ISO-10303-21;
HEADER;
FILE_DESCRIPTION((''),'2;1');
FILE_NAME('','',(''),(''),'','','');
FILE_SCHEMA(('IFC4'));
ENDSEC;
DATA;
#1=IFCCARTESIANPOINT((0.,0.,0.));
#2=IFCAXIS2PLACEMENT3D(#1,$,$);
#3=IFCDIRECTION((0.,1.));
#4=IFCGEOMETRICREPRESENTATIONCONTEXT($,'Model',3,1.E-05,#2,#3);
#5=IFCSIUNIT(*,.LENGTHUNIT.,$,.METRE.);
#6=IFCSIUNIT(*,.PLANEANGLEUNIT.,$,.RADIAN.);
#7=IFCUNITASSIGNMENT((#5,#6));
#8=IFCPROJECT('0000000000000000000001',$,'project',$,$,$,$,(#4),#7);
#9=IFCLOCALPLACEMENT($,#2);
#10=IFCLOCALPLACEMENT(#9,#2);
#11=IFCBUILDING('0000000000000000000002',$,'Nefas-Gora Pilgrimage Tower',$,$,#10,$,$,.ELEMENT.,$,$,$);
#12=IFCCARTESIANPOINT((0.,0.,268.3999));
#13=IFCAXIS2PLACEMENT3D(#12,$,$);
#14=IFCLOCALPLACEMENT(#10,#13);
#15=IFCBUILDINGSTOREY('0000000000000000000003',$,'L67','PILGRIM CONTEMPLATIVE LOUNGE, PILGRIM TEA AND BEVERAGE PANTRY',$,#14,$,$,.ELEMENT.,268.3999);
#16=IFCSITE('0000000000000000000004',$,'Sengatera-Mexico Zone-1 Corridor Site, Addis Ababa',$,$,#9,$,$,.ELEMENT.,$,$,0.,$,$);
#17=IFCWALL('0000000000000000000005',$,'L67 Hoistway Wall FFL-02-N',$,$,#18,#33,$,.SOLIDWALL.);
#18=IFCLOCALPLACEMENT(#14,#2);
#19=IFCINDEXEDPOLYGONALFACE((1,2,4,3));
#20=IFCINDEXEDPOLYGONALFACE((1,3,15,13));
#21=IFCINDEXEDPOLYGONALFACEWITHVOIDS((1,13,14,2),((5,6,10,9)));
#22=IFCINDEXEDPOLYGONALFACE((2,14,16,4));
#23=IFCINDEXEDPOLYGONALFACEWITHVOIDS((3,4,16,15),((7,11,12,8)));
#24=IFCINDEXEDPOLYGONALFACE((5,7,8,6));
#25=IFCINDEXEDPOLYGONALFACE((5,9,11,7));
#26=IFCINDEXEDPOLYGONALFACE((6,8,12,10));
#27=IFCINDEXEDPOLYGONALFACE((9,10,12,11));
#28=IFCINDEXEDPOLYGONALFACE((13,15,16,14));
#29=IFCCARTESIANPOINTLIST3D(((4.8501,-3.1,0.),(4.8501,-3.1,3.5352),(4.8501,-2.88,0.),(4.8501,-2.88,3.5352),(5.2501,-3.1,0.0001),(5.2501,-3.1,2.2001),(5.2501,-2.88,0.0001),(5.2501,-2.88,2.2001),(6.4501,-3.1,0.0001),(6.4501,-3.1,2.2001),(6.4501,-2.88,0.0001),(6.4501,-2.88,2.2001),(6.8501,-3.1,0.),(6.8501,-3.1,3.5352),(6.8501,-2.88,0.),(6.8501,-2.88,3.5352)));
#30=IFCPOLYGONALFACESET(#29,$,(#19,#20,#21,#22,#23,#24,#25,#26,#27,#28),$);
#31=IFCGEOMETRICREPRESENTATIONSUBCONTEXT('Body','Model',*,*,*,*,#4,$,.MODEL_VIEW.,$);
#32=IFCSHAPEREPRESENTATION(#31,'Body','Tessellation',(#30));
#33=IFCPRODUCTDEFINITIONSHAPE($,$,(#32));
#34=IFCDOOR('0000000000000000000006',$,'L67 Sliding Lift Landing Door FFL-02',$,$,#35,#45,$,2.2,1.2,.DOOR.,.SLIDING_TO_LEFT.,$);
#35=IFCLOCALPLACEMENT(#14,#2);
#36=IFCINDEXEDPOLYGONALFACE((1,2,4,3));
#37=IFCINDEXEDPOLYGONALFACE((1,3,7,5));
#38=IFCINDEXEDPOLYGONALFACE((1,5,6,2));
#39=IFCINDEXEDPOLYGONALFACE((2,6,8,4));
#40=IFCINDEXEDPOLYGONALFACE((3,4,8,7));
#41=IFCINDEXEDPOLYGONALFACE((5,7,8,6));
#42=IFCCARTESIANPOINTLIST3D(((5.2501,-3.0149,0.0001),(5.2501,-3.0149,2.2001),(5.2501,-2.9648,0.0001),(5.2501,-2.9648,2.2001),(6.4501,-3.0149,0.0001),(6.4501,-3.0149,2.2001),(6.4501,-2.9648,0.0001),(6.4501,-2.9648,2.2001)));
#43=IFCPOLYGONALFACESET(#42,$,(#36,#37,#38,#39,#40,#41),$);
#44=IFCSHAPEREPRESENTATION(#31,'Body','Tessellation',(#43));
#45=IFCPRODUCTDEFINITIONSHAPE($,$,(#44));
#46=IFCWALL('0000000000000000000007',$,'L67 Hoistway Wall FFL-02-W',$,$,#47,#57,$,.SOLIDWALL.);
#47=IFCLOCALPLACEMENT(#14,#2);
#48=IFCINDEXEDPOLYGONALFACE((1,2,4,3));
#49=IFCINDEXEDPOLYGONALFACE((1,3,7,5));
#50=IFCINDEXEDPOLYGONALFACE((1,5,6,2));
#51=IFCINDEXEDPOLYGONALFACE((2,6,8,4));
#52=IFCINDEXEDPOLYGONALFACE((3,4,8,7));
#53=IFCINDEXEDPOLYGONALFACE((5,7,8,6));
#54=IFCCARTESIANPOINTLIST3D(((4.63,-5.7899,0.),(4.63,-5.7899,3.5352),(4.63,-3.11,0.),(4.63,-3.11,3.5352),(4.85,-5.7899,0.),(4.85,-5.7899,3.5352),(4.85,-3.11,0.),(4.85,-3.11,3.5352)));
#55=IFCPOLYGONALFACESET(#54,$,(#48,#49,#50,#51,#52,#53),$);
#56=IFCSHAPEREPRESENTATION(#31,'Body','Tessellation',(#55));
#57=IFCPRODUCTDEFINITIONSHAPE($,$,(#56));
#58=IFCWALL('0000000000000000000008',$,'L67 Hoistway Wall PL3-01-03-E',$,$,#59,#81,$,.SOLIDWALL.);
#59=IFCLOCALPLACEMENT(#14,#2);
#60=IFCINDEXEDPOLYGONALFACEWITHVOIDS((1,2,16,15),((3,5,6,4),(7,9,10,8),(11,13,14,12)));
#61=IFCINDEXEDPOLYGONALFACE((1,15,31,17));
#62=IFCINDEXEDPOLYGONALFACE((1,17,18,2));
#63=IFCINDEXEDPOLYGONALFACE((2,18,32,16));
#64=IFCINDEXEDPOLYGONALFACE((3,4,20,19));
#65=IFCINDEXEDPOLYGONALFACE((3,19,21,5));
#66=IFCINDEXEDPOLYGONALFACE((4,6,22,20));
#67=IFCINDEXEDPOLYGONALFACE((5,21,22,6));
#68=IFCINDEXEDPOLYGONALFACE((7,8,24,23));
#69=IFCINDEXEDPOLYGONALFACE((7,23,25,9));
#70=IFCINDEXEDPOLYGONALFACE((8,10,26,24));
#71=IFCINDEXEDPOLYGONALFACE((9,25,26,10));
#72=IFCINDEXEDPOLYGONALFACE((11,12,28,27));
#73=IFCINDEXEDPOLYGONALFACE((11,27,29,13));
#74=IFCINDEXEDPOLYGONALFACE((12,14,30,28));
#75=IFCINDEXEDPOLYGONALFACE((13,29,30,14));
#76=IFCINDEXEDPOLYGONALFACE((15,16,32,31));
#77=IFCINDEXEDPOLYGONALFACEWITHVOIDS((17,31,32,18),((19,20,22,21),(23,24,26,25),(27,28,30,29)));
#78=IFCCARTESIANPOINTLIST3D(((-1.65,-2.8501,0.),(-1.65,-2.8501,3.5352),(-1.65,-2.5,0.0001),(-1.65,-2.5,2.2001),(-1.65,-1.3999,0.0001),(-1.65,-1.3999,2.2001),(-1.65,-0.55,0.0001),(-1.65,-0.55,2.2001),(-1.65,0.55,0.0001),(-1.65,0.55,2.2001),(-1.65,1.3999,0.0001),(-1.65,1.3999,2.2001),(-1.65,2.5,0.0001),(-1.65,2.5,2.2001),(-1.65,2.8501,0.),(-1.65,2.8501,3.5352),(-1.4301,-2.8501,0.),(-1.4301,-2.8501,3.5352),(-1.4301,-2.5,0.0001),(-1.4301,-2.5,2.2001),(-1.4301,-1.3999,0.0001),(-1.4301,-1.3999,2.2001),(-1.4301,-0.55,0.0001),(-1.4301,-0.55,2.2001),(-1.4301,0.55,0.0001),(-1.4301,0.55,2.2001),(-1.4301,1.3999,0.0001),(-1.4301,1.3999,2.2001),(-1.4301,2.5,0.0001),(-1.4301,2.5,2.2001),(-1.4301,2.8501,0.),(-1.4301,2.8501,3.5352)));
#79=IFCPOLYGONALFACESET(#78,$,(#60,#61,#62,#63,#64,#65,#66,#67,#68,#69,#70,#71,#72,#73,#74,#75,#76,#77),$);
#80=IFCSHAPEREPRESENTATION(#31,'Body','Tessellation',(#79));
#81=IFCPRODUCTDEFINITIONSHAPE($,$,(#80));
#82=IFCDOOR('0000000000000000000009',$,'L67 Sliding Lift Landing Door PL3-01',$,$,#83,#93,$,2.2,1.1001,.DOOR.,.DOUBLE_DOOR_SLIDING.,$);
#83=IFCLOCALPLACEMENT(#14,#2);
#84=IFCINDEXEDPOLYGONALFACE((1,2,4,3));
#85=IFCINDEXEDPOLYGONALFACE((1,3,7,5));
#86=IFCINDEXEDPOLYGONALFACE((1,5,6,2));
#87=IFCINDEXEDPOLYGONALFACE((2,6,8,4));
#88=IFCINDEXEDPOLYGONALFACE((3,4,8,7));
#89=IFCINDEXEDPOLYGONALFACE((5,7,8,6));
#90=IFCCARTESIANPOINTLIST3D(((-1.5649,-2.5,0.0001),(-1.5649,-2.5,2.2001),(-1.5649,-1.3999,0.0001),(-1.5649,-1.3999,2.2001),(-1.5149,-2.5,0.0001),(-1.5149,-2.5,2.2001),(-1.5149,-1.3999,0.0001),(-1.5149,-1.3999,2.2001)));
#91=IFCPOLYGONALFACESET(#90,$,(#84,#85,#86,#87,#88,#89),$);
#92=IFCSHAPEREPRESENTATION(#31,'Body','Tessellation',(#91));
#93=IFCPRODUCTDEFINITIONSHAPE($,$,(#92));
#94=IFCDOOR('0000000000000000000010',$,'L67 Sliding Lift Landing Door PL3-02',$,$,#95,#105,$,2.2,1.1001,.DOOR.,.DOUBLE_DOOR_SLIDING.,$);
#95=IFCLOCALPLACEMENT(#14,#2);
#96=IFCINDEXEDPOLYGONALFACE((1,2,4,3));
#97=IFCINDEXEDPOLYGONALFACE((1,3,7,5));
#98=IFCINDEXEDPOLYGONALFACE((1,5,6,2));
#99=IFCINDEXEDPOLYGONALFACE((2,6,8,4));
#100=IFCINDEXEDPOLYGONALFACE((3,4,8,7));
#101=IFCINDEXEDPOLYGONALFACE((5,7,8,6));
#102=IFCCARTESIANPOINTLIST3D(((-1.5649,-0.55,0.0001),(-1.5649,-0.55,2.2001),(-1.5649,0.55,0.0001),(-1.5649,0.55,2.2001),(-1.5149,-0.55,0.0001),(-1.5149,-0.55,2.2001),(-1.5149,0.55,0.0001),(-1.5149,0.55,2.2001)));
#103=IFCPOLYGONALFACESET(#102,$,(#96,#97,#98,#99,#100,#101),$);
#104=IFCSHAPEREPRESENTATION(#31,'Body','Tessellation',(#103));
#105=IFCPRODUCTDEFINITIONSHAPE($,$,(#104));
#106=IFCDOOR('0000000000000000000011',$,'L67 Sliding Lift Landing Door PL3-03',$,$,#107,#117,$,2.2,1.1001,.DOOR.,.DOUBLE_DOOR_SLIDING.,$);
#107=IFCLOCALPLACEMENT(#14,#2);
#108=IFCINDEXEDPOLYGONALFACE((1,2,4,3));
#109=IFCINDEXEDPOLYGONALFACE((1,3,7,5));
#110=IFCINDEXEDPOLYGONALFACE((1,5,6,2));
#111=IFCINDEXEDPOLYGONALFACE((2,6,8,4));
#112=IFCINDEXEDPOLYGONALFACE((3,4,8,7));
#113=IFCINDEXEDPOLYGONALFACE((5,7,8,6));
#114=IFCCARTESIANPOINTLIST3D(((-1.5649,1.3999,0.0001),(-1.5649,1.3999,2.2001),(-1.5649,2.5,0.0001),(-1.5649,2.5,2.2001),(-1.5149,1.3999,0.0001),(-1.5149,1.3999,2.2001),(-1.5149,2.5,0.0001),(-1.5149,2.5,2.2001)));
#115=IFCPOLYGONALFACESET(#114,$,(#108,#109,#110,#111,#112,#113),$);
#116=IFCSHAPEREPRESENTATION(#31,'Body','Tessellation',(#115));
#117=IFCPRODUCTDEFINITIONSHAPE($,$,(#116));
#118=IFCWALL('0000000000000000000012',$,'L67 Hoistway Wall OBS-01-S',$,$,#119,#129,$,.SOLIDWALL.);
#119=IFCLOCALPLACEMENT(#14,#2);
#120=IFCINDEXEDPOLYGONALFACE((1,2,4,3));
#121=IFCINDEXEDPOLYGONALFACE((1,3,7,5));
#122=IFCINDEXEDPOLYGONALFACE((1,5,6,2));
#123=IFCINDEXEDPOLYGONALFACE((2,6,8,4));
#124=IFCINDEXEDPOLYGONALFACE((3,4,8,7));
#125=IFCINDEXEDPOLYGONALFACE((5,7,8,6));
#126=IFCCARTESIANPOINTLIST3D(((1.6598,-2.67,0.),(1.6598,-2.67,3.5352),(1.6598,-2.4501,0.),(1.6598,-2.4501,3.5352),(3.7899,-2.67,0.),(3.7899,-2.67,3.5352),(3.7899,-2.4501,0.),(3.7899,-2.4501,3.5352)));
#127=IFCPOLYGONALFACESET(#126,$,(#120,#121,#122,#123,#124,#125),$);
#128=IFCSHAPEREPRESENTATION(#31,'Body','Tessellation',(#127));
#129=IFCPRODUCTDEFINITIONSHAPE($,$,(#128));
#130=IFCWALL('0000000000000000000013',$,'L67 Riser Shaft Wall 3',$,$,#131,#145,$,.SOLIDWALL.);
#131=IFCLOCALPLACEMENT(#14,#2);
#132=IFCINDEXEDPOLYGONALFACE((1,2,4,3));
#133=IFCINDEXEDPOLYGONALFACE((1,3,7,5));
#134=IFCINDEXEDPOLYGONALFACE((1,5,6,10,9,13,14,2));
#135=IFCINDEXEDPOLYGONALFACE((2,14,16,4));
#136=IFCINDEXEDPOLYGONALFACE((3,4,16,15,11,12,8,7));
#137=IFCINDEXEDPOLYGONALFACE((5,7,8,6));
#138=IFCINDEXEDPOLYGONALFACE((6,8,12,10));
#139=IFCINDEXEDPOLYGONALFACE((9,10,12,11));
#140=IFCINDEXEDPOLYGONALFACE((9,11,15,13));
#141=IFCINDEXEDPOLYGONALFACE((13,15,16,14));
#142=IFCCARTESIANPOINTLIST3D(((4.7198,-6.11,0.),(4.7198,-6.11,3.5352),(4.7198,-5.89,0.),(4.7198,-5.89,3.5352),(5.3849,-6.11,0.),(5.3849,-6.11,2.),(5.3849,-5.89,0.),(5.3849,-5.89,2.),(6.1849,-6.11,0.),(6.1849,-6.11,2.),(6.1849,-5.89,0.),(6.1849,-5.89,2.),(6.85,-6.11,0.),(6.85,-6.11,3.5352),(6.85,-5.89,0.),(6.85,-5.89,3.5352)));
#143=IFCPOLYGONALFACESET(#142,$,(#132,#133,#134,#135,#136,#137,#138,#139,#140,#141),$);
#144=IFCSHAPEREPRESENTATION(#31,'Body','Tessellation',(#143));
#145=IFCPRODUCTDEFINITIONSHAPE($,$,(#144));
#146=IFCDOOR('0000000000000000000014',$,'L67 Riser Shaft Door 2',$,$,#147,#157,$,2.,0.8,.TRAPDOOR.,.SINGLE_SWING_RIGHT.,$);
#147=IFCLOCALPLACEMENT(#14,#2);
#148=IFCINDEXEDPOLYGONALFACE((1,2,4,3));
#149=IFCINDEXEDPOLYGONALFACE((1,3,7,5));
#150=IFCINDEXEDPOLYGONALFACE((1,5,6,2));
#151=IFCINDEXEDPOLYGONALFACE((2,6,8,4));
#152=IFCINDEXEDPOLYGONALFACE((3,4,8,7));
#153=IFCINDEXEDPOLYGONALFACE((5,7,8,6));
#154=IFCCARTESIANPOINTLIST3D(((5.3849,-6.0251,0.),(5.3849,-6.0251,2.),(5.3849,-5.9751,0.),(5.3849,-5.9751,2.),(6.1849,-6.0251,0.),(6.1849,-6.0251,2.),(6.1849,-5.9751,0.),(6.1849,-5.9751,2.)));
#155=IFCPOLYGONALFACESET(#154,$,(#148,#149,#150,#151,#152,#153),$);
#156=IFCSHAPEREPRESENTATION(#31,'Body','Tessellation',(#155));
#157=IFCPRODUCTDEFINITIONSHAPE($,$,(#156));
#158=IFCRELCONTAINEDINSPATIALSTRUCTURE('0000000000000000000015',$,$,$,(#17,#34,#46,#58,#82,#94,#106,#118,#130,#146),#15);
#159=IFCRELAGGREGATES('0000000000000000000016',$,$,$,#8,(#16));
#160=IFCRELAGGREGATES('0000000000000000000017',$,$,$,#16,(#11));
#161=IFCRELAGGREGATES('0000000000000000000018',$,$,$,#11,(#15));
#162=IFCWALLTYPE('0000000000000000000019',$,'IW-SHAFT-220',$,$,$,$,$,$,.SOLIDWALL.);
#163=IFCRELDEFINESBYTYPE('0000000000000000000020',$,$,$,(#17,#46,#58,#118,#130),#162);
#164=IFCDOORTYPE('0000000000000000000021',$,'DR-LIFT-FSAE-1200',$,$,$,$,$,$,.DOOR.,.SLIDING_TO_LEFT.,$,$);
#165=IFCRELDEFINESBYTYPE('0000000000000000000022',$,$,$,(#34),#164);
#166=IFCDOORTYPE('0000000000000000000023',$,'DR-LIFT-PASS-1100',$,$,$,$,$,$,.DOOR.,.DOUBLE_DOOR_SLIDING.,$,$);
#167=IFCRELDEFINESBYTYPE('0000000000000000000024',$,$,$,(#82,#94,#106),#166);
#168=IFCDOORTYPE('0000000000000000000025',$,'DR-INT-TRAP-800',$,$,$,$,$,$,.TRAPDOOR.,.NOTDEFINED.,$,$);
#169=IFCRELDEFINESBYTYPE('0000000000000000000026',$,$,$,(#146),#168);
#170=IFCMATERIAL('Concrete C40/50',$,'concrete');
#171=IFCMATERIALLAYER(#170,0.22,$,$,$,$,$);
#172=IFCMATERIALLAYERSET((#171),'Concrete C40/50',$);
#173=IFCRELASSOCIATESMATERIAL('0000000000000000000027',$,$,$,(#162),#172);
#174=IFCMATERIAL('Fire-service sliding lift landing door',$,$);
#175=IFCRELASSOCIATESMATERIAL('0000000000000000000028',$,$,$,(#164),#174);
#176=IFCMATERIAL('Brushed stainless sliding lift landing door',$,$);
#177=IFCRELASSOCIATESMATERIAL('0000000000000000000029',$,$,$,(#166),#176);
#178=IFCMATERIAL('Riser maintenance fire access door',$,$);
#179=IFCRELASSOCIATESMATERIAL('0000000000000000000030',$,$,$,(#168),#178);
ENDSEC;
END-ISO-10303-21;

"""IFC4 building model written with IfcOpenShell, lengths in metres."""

from ifc_helpers import new_model, si_unit, direction, frame, frame_2d, origin, place, context, subcontext, project, spatial, rectangle, extrude, source, transform, mapped, material, layer, layer_set, type_object, element, fill, save


model = new_model("IFC4")

# Units and contexts
model_context = context("Model", 3, precision=1e-05, world=origin(), true_north=direction((0.0, 1.0)))
body_context = subcontext(model_context, "Body", "Model", "MODEL_VIEW")
ifc_project = project(units=[si_unit("LENGTHUNIT", "METRE"), si_unit("PLANEANGLEUNIT", "RADIAN")], contexts=[model_context])

# Site, building, storey
site_placement = place(None, origin())
site = spatial("IfcSite", under=ifc_project, at=site_placement, Name="Sengatera-Mexico Zone-1 Corridor Site, Addis Ababa", CompositionType="ELEMENT", RefElevation=0.0)
building_placement = place(site_placement, origin())
building = spatial("IfcBuilding", under=site, at=building_placement, Name="Nefas-Gora Pilgrimage Tower", CompositionType="ELEMENT")
storey_placement = place(building_placement, frame((0.0, 0.0, 268.3999)))
storey = spatial("IfcBuildingStorey", under=building, at=storey_placement, Name="L67", Description="PILGRIM CONTEMPLATIVE LOUNGE, PILGRIM TEA AND BEVERAGE PANTRY", CompositionType="ELEMENT", Elevation=268.3999)

# Shared definitions
ifc_material_1 = material(Name="Concrete C40/50", Category="concrete")

# Wall, opening, door
ifc_layer_1 = layer(ifc_material_1, 0.22)
ifc_layer_set_1 = layer_set([ifc_layer_1], Name="Concrete C40/50")
wall_type_1 = type_object("IfcWallType", Name="IW-SHAFT-220", PredefinedType="SOLIDWALL", material=ifc_layer_set_1)
shared_shape_1 = source(origin(), body_context, "Body", "SweptSolid", [
    extrude(rectangle(XDim=2.0, YDim=0.22, at=frame_2d((1.0, 0.0))), origin(), (0.0, 0.0, 1.0), 3.5352),
])
wall_1_placement = place(storey_placement, frame((6.8501, -2.99, 0.0), z_axis=(0.0, 0.0, 1.0), x_axis=(-1.0, 0.0, 0.0)))
wall_1 = element("IfcWall", 1, at=wall_1_placement, inside=storey, type_object=wall_type_1, Name="L67 Hoistway Wall FFL-02-N", PredefinedType="SOLIDWALL", context=body_context, shape_type="MappedRepresentation", body=[
    mapped(shared_shape_1, transform((0.0, 0.0, 0.0), x_axis=(1.0, 0.0, 0.0), y_axis=(0.0, 1.0, 0.0), z_axis=(0.0, 0.0, 1.0), scale=1.0)),
])
opening_1_placement = place(wall_1_placement, frame((0.3999, 0.0, 0.0)))
opening_1 = element("IfcOpeningElement", 2, at=opening_1_placement, cuts=wall_1, PredefinedType="OPENING", context=body_context, shape_type="SweptSolid", body=[
    extrude(rectangle(XDim=1.2, YDim=2.2, at=frame_2d((0.6001, 1.1001))), frame((0.0, 0.1199, 0.0), z_axis=(0.0, -1.0, 0.0), x_axis=(1.0, 0.0, 0.0)), (0.0, 0.0, 1.0), 0.24),
])
ifc_material_2 = material(Name="Fire-service sliding lift landing door")
door_type_1 = type_object("IfcDoorType", Name="DR-LIFT-FSAE-1200", OperationType="SLIDING_TO_LEFT", PredefinedType="DOOR", material=ifc_material_2)
shared_shape_2 = source(origin(), body_context, "Body", "SweptSolid", [
    extrude(rectangle(XDim=1.2, YDim=2.2, at=frame_2d((0.6001, 1.1001))), frame((0.0, 0.0249, 0.0), z_axis=(0.0, -1.0, 0.0), x_axis=(1.0, 0.0, 0.0)), (0.0, 0.0, 1.0), 0.05),
])
door_1_placement = place(opening_1_placement, origin())
door_1 = element("IfcDoor", 3, at=door_1_placement, inside=storey, type_object=door_type_1, Name="L67 Sliding Lift Landing Door FFL-02", OperationType="SLIDING_TO_LEFT", OverallHeight=2.2, OverallWidth=1.2, PredefinedType="DOOR", context=body_context, shape_type="MappedRepresentation", body=[
    mapped(shared_shape_2, transform((0.0, 0.0, 0.0), x_axis=(1.0, 0.0, 0.0), y_axis=(0.0, 1.0, 0.0), z_axis=(0.0, 0.0, 1.0), scale=1.0)),
])
fill(opening_1, door_1)

# Wall
shared_shape_3 = source(origin(), body_context, "Body", "SweptSolid", [
    extrude(rectangle(XDim=2.6799, YDim=0.22, at=frame_2d((1.3398, 0.0))), origin(), (0.0, 0.0, 1.0), 3.5352),
])
wall_2_placement = place(storey_placement, frame((4.74, -3.1101, 0.0), z_axis=(0.0, 0.0, 1.0), x_axis=(0.0, -1.0, 0.0)))
element("IfcWall", 4, at=wall_2_placement, inside=storey, type_object=wall_type_1, Name="L67 Hoistway Wall FFL-02-W", PredefinedType="SOLIDWALL", context=body_context, shape_type="MappedRepresentation", body=[
    mapped(shared_shape_3, transform((0.0, 0.0, 0.0), x_axis=(1.0, 0.0, 0.0), y_axis=(0.0, 1.0, 0.0), z_axis=(0.0, 0.0, 1.0), scale=1.0)),
])

# Wall, openings, doors
shared_shape_4 = source(origin(), body_context, "Body", "SweptSolid", [
    extrude(rectangle(XDim=5.7002, YDim=0.22, at=frame_2d((2.8501, 0.0))), origin(), (0.0, 0.0, 1.0), 3.5352),
])
wall_3_placement = place(storey_placement, frame((-1.54, -2.8501, 0.0), z_axis=(0.0, 0.0, 1.0), x_axis=(0.0, 1.0, 0.0)))
wall_3 = element("IfcWall", 5, at=wall_3_placement, inside=storey, type_object=wall_type_1, Name="L67 Hoistway Wall PL3-01-03-E", PredefinedType="SOLIDWALL", context=body_context, shape_type="MappedRepresentation", body=[
    mapped(shared_shape_4, transform((0.0, 0.0, 0.0), x_axis=(1.0, 0.0, 0.0), y_axis=(0.0, 1.0, 0.0), z_axis=(0.0, 0.0, 1.0), scale=1.0)),
])
opening_2_placement = place(wall_3_placement, frame((0.3501, 0.0, 0.0)))
opening_2 = element("IfcOpeningElement", 6, at=opening_2_placement, cuts=wall_3, PredefinedType="OPENING", context=body_context, shape_type="SweptSolid", body=[
    extrude(rectangle(XDim=1.1001, YDim=2.2, at=frame_2d((0.55, 1.1001))), frame((0.0, 0.1199, 0.0), z_axis=(0.0, -1.0, 0.0), x_axis=(1.0, 0.0, 0.0)), (0.0, 0.0, 1.0), 0.24),
])
opening_3_placement = place(wall_3_placement, frame((2.3, 0.0, 0.0)))
opening_3 = element("IfcOpeningElement", 7, at=opening_3_placement, cuts=wall_3, PredefinedType="OPENING", context=body_context, shape_type="SweptSolid", body=[
    extrude(rectangle(XDim=1.1001, YDim=2.2, at=frame_2d((0.55, 1.1001))), frame((0.0, 0.1199, 0.0), z_axis=(0.0, -1.0, 0.0), x_axis=(1.0, 0.0, 0.0)), (0.0, 0.0, 1.0), 0.24),
])
opening_4_placement = place(wall_3_placement, frame((4.25, 0.0, 0.0)))
opening_4 = element("IfcOpeningElement", 8, at=opening_4_placement, cuts=wall_3, PredefinedType="OPENING", context=body_context, shape_type="SweptSolid", body=[
    extrude(rectangle(XDim=1.1001, YDim=2.2, at=frame_2d((0.55, 1.1001))), frame((0.0, 0.1199, 0.0), z_axis=(0.0, -1.0, 0.0), x_axis=(1.0, 0.0, 0.0)), (0.0, 0.0, 1.0), 0.24),
])
ifc_material_3 = material(Name="Brushed stainless sliding lift landing door")
door_type_2 = type_object("IfcDoorType", Name="DR-LIFT-PASS-1100", OperationType="DOUBLE_DOOR_SLIDING", PredefinedType="DOOR", material=ifc_material_3)
shared_shape_5 = source(origin(), body_context, "Body", "SweptSolid", [
    extrude(rectangle(XDim=1.1001, YDim=2.2, at=frame_2d((0.55, 1.1001))), frame((0.0, 0.0249, 0.0), z_axis=(0.0, -1.0, 0.0), x_axis=(1.0, 0.0, 0.0)), (0.0, 0.0, 1.0), 0.05),
])
door_2_placement = place(opening_2_placement, origin())
door_2 = element("IfcDoor", 9, at=door_2_placement, inside=storey, type_object=door_type_2, Name="L67 Sliding Lift Landing Door PL3-01", OperationType="DOUBLE_DOOR_SLIDING", OverallHeight=2.2, OverallWidth=1.1001, PredefinedType="DOOR", context=body_context, shape_type="MappedRepresentation", body=[
    mapped(shared_shape_5, transform((0.0, 0.0, 0.0), x_axis=(1.0, 0.0, 0.0), y_axis=(0.0, 1.0, 0.0), z_axis=(0.0, 0.0, 1.0), scale=1.0)),
])
fill(opening_2, door_2)
door_3_placement = place(opening_3_placement, origin())
door_3 = element("IfcDoor", 10, at=door_3_placement, inside=storey, type_object=door_type_2, Name="L67 Sliding Lift Landing Door PL3-02", OperationType="DOUBLE_DOOR_SLIDING", OverallHeight=2.2, OverallWidth=1.1001, PredefinedType="DOOR", context=body_context, shape_type="MappedRepresentation", body=[
    mapped(shared_shape_5, transform((0.0, 0.0, 0.0), x_axis=(1.0, 0.0, 0.0), y_axis=(0.0, 1.0, 0.0), z_axis=(0.0, 0.0, 1.0), scale=1.0)),
])
fill(opening_3, door_3)
door_4_placement = place(opening_4_placement, origin())
door_4 = element("IfcDoor", 11, at=door_4_placement, inside=storey, type_object=door_type_2, Name="L67 Sliding Lift Landing Door PL3-03", OperationType="DOUBLE_DOOR_SLIDING", OverallHeight=2.2, OverallWidth=1.1001, PredefinedType="DOOR", context=body_context, shape_type="MappedRepresentation", body=[
    mapped(shared_shape_5, transform((0.0, 0.0, 0.0), x_axis=(1.0, 0.0, 0.0), y_axis=(0.0, 1.0, 0.0), z_axis=(0.0, 0.0, 1.0), scale=1.0)),
])
fill(opening_4, door_4)

# Wall
shared_shape_6 = source(origin(), body_context, "Body", "SweptSolid", [
    extrude(rectangle(XDim=2.1301, YDim=0.22, at=frame_2d((1.0649, 0.0))), origin(), (0.0, 0.0, 1.0), 3.5352),
])
wall_4_placement = place(storey_placement, frame((1.6599, -2.5601, 0.0), z_axis=(0.0, 0.0, 1.0), x_axis=(1.0, 0.0, 0.0)))
element("IfcWall", 12, at=wall_4_placement, inside=storey, type_object=wall_type_1, Name="L67 Hoistway Wall OBS-01-S", PredefinedType="SOLIDWALL", context=body_context, shape_type="MappedRepresentation", body=[
    mapped(shared_shape_6, transform((0.0, 0.0, 0.0), x_axis=(1.0, 0.0, 0.0), y_axis=(0.0, 1.0, 0.0), z_axis=(0.0, 0.0, 1.0), scale=1.0)),
])

# Wall, opening, door
wall_5_placement = place(storey_placement, frame((4.72, -6.0, 0.0), z_axis=(0.0, 0.0, 1.0), x_axis=(1.0, 0.0, 0.0)))
wall_5 = element("IfcWall", 13, at=wall_5_placement, inside=storey, type_object=wall_type_1, Name="L67 Riser Shaft Wall 3", PredefinedType="SOLIDWALL", context=body_context, shape_type="MappedRepresentation", body=[
    mapped(shared_shape_6, transform((0.0, 0.0, 0.0), x_axis=(1.0, 0.0, 0.0), y_axis=(0.0, 1.0, 0.0), z_axis=(0.0, 0.0, 1.0), scale=1.0)),
])
opening_5_placement = place(wall_5_placement, frame((0.665, 0.0, 0.0)))
opening_5 = element("IfcOpeningElement", 14, at=opening_5_placement, cuts=wall_5, PredefinedType="OPENING", context=body_context, shape_type="SweptSolid", body=[
    extrude(rectangle(XDim=0.8, YDim=2.0, at=frame_2d((0.3999, 1.0))), frame((0.0, 0.1199, 0.0), z_axis=(0.0, -1.0, 0.0), x_axis=(1.0, 0.0, 0.0)), (0.0, 0.0, 1.0), 0.24),
])
ifc_material_4 = material(Name="Riser maintenance fire access door")
door_type_3 = type_object("IfcDoorType", Name="DR-INT-TRAP-800", OperationType="NOTDEFINED", PredefinedType="TRAPDOOR", material=ifc_material_4)
shared_shape_7 = source(origin(), body_context, "Body", "SweptSolid", [
    extrude(rectangle(XDim=0.8, YDim=2.0, at=frame_2d((0.3999, 1.0))), frame((0.0, 0.0249, 0.0), z_axis=(0.0, -1.0, 0.0), x_axis=(1.0, 0.0, 0.0)), (0.0, 0.0, 1.0), 0.05),
])
door_5_placement = place(opening_5_placement, origin())
door_5 = element("IfcDoor", 15, at=door_5_placement, inside=storey, type_object=door_type_3, Name="L67 Riser Shaft Door 2", OperationType="SINGLE_SWING_RIGHT", OverallHeight=2.0, OverallWidth=0.8, PredefinedType="TRAPDOOR", context=body_context, shape_type="MappedRepresentation", body=[
    mapped(shared_shape_7, transform((0.0, 0.0, 0.0), x_axis=(1.0, 0.0, 0.0), y_axis=(0.0, 1.0, 0.0), z_axis=(0.0, 0.0, 1.0), scale=1.0)),
])
fill(opening_5, door_5)

save(model, "model.ifc")
